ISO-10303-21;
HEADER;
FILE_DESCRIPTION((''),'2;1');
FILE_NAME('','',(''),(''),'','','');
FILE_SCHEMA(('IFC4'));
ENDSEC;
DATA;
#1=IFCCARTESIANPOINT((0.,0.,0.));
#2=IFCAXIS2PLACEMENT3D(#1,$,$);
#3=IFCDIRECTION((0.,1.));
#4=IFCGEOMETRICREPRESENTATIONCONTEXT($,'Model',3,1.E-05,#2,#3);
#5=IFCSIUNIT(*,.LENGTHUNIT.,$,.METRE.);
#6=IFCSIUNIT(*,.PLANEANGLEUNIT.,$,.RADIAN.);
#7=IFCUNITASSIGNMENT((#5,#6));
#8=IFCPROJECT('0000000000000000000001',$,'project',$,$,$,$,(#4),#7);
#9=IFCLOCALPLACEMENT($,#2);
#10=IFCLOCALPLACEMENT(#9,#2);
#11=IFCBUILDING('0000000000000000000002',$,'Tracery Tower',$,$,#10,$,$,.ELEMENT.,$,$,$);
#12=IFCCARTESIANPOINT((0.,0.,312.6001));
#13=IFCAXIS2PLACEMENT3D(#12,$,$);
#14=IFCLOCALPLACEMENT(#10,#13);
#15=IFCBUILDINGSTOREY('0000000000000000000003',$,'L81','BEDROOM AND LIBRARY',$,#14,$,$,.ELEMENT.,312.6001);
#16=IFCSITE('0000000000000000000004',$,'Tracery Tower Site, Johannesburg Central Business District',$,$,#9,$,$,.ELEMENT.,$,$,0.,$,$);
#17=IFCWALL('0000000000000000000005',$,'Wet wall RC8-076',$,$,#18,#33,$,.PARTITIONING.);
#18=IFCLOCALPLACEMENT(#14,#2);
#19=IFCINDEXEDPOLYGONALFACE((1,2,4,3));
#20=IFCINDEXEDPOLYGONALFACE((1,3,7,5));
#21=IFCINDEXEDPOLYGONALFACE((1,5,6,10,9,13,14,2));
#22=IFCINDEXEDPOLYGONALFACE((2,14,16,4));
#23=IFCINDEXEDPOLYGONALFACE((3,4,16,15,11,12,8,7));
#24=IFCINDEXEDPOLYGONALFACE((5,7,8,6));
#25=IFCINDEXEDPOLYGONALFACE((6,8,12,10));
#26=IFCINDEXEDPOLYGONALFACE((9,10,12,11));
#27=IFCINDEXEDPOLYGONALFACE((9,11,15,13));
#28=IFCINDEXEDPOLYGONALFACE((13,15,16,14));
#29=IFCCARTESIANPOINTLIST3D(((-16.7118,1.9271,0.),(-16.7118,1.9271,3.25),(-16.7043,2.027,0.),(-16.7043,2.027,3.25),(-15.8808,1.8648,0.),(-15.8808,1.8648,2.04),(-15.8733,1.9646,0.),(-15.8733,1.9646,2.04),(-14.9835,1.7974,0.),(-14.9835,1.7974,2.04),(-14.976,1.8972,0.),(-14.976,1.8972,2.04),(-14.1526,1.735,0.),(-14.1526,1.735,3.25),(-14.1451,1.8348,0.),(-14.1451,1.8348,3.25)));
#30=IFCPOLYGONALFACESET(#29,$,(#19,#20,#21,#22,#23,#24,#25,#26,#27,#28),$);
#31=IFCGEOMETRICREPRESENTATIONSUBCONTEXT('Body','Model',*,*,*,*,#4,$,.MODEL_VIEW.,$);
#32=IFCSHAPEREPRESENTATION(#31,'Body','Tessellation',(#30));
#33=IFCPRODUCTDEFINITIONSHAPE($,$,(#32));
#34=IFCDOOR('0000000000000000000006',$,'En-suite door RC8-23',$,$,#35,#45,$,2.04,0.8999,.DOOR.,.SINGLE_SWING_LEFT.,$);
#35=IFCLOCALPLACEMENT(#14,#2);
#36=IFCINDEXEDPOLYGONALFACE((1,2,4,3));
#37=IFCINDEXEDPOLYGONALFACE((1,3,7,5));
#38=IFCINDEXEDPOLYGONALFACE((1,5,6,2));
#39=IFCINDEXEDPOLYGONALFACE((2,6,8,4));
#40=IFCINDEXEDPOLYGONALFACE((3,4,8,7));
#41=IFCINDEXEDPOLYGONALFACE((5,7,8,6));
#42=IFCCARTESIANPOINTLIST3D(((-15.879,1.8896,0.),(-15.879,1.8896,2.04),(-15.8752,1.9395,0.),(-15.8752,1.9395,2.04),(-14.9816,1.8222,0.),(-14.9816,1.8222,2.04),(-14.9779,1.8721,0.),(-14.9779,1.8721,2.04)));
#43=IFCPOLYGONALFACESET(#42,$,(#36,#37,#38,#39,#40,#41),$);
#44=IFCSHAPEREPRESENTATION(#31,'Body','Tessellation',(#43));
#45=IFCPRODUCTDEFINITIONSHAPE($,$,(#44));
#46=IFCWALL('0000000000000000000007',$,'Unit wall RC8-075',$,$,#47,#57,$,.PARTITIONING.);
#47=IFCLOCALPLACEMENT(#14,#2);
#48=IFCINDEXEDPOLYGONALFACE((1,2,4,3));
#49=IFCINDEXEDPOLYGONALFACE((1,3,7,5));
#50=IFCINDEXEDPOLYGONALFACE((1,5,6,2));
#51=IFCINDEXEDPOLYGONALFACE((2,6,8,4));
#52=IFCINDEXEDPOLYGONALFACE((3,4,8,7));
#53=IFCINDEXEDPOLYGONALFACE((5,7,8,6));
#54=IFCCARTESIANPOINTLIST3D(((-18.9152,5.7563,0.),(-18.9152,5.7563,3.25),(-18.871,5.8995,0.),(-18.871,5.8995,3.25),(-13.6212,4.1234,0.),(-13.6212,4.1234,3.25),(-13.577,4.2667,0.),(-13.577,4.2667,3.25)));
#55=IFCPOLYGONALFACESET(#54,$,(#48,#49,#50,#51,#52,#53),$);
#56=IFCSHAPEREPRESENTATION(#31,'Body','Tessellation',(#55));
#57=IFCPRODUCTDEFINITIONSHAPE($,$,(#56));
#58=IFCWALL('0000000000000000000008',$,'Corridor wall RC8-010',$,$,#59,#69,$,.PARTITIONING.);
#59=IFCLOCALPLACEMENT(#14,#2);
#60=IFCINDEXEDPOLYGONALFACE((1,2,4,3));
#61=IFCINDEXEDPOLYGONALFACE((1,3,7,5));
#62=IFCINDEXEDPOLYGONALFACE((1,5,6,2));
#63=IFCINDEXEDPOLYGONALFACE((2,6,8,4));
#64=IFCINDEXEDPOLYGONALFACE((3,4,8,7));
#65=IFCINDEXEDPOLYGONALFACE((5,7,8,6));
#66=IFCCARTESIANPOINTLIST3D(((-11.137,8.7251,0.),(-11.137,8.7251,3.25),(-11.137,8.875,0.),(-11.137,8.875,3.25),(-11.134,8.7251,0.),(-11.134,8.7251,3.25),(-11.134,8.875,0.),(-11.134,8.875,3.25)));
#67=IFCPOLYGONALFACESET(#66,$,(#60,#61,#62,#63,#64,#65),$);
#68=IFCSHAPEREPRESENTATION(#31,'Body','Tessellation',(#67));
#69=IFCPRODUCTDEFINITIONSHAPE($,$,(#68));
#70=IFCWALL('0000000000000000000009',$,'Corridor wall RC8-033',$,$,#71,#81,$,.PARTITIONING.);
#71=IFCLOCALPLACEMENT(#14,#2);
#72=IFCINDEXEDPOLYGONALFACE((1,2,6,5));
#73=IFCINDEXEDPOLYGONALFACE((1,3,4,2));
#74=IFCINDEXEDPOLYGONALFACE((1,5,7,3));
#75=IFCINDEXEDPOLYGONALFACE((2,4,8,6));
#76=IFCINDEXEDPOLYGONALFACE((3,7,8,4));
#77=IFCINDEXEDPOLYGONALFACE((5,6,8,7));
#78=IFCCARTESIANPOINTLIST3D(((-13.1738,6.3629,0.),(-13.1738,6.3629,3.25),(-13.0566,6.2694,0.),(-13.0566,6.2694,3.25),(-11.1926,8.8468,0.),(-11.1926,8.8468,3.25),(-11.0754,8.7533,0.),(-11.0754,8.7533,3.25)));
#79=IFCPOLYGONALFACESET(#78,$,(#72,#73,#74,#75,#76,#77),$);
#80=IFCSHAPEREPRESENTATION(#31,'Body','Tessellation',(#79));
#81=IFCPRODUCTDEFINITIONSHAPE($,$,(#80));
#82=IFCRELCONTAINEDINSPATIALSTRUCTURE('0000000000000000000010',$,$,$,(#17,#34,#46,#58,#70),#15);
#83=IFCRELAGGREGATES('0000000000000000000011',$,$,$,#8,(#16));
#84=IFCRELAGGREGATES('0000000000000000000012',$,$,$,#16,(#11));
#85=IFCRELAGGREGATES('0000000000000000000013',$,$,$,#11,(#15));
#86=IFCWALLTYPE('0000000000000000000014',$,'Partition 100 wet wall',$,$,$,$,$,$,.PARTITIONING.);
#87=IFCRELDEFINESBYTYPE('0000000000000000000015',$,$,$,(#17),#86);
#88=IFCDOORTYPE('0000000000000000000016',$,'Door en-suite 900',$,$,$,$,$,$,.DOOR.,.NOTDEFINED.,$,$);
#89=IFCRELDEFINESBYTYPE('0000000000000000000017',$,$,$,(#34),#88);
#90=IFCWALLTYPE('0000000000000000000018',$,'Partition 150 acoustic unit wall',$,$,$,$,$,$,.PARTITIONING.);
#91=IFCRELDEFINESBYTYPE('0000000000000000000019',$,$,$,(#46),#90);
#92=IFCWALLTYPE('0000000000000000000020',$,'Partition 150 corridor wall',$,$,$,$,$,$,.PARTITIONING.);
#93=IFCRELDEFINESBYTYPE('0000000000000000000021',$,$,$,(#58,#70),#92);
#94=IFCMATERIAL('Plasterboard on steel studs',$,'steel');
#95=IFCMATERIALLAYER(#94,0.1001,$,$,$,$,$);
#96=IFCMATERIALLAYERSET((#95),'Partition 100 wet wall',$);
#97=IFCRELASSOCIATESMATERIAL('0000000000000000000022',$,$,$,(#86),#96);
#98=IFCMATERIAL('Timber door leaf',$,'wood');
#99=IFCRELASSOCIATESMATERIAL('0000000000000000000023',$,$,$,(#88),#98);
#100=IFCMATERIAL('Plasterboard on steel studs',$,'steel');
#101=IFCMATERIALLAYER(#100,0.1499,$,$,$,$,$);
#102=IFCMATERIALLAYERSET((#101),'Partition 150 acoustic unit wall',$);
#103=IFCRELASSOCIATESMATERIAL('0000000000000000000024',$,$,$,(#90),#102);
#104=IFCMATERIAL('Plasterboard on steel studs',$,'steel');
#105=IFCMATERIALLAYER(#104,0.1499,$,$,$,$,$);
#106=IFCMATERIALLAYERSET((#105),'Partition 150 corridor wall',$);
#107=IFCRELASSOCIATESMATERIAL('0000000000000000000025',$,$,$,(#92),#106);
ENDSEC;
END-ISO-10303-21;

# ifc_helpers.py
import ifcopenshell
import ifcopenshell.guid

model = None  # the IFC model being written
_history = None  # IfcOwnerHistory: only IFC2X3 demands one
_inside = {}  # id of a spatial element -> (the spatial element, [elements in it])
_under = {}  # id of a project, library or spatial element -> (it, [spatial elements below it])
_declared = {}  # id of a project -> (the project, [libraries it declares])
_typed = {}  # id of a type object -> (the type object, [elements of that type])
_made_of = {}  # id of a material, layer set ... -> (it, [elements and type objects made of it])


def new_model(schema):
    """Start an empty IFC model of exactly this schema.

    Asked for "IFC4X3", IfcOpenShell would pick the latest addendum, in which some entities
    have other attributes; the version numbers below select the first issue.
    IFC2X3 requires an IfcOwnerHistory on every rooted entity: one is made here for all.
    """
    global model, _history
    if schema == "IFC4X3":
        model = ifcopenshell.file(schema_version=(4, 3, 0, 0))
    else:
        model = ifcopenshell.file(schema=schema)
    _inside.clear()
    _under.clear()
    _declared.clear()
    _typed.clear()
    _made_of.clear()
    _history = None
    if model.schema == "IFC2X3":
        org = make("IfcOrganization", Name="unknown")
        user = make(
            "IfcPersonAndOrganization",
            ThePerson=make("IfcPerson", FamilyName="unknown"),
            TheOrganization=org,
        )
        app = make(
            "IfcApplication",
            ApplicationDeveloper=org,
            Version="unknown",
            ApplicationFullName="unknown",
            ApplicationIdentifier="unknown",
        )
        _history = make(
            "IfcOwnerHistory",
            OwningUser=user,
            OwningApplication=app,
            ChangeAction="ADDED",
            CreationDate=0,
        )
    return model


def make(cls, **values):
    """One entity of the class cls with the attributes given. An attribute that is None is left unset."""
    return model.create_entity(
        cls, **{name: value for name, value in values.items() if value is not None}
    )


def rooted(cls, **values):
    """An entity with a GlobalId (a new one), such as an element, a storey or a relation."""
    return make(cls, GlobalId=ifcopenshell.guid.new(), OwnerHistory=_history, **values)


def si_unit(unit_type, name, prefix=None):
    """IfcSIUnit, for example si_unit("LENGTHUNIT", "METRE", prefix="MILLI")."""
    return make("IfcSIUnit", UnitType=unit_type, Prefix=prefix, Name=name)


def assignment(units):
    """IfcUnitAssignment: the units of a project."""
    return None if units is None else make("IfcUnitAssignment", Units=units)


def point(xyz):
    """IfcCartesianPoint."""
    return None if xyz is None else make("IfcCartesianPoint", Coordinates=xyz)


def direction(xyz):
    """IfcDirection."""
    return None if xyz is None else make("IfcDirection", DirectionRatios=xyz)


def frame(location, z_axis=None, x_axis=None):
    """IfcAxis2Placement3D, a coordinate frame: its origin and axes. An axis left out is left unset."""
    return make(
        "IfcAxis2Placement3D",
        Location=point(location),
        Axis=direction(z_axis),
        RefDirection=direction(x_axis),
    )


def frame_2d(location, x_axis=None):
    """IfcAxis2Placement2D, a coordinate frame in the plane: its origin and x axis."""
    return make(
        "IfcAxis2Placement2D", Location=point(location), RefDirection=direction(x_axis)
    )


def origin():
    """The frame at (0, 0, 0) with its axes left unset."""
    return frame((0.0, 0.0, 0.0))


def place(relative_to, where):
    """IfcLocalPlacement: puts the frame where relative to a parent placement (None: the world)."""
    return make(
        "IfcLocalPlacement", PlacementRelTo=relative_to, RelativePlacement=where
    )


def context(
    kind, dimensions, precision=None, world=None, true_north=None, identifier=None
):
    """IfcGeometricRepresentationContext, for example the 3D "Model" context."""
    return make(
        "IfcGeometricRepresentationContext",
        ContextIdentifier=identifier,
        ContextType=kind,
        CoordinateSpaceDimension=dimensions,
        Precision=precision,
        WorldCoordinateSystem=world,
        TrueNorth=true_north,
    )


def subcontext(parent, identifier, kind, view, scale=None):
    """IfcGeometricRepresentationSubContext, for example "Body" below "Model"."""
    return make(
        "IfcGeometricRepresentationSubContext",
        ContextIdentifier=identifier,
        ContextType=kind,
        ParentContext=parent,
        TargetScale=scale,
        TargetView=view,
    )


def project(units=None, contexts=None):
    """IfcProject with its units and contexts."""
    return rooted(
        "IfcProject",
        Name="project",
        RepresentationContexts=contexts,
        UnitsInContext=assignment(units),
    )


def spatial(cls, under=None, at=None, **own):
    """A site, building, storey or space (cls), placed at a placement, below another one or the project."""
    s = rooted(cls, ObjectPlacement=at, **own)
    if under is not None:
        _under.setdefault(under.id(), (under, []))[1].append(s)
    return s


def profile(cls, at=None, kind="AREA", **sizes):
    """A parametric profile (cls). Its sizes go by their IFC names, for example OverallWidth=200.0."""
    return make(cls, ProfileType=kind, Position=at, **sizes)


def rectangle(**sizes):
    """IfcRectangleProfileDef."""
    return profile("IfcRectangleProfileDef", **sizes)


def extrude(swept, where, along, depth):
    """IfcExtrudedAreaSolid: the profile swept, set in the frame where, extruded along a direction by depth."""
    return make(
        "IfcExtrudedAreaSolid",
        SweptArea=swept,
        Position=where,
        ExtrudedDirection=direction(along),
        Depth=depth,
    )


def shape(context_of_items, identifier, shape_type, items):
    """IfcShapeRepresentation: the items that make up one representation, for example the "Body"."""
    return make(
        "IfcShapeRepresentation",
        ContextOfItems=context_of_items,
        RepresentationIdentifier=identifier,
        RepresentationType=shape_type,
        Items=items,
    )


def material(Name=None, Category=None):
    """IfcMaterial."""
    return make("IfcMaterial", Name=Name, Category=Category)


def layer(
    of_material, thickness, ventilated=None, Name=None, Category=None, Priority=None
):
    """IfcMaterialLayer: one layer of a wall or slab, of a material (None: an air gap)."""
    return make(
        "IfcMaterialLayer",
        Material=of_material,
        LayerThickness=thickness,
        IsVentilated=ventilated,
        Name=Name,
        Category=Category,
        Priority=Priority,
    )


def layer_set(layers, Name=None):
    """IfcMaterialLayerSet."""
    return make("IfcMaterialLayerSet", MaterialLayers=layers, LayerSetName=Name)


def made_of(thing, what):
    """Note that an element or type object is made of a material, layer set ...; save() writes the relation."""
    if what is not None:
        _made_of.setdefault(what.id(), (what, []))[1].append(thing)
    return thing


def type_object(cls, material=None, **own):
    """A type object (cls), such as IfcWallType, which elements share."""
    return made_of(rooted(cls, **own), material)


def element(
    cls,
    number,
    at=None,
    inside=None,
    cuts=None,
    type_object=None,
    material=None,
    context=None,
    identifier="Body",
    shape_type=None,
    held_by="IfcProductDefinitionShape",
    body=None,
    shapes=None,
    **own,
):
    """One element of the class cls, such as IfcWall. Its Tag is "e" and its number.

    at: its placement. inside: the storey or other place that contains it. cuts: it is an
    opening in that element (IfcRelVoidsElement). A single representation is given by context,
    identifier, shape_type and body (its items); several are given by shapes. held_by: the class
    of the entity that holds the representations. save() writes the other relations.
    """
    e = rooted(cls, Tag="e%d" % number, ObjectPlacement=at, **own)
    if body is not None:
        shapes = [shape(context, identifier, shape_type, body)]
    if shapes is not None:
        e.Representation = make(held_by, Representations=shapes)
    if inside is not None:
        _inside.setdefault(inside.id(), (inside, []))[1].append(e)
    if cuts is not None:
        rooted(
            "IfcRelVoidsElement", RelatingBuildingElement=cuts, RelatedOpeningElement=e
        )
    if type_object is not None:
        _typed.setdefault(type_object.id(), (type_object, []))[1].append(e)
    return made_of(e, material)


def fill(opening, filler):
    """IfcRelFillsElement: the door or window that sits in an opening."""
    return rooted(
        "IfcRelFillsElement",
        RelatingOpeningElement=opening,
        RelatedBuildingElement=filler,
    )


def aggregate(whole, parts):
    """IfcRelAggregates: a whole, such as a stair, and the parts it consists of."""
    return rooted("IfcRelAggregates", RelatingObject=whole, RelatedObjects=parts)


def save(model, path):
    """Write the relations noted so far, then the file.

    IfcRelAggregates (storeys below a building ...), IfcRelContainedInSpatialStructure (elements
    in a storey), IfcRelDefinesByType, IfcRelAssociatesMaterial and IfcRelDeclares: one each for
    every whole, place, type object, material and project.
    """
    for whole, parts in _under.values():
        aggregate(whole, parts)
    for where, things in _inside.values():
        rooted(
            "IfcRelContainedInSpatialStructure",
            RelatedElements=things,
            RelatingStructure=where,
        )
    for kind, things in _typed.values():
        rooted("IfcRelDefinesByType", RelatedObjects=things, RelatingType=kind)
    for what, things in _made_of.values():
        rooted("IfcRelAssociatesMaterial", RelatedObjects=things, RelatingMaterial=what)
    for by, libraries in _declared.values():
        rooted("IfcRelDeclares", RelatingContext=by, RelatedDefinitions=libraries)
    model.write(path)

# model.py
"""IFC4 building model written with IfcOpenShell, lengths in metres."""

from ifc_helpers import new_model, si_unit, direction, frame, frame_2d, origin, place, context, subcontext, project, spatial, rectangle, extrude, material, layer, layer_set, type_object, element, fill, save


model = new_model("IFC4")

# Units and contexts
model_context = context("Model", 3, precision=1e-05, world=origin(), true_north=direction((0.0, 1.0)))
body_context = subcontext(model_context, "Body", "Model", "MODEL_VIEW")
ifc_project = project(units=[si_unit("LENGTHUNIT", "METRE"), si_unit("PLANEANGLEUNIT", "RADIAN")], contexts=[model_context])

# Site, building, storey
site_placement = place(None, origin())
site = spatial("IfcSite", under=ifc_project, at=site_placement, Name="Tracery Tower Site, Johannesburg Central Business District", CompositionType="ELEMENT", RefElevation=0.0)
building_placement = place(site_placement, origin())
building = spatial("IfcBuilding", under=site, at=building_placement, Name="Tracery Tower", CompositionType="ELEMENT")
storey_placement = place(building_placement, frame((0.0, 0.0, 312.6001)))
storey = spatial("IfcBuildingStorey", under=building, at=storey_placement, Name="L81", Description="BEDROOM AND LIBRARY", CompositionType="ELEMENT", Elevation=312.6001)

# Shared definitions
ifc_material_1 = material(Name="Plasterboard on steel studs", Category="steel")
ifc_layer_1 = layer(ifc_material_1, 0.1001)
ifc_layer_set_1 = layer_set([ifc_layer_1], Name="Partition 100 wet wall")
wall_type_1 = type_object("IfcWallType", Name="Partition 100 wet wall", PredefinedType="PARTITIONING", material=ifc_layer_set_1)

# Wall, opening, door
ifc_material_2 = material(Name="Timber door leaf", Category="wood")
door_type_1 = type_object("IfcDoorType", Name="Door en-suite 900", OperationType="NOTDEFINED", PredefinedType="DOOR", material=ifc_material_2)
wall_1_placement = place(storey_placement, frame((-16.708, 1.9771, 0.0), z_axis=(0.0, 0.0, 1.0), x_axis=(0.997193, -0.07487, 0.0)))
wall_1 = element("IfcWall", 1, at=wall_1_placement, inside=storey, type_object=wall_type_1, Name="Wet wall RC8-076", PredefinedType="PARTITIONING", context=body_context, shape_type="SweptSolid", body=[
    extrude(rectangle(XDim=2.5664, YDim=0.1001, at=frame_2d((1.2832, 0.0))), origin(), (0.0, 0.0, 1.0), 3.25),
])
opening_1_placement = place(wall_1_placement, frame((0.8333, 0.0, 0.0)))
opening_1 = element("IfcOpeningElement", 2, at=opening_1_placement, cuts=wall_1, PredefinedType="OPENING", context=body_context, shape_type="SweptSolid", body=[
    extrude(rectangle(XDim=0.8999, YDim=2.04, at=frame_2d((0.45, 1.02))), frame((0.0, 0.05, 0.0), z_axis=(0.0, -1.0, 0.0), x_axis=(1.0, 0.0, 0.0)), (0.0, 0.0, 1.0), 0.1001),
])
door_1_placement = place(opening_1_placement, origin())
door_1 = element("IfcDoor", 3, at=door_1_placement, inside=storey, type_object=door_type_1, Name="En-suite door RC8-23", OperationType="SINGLE_SWING_LEFT", OverallHeight=2.04, OverallWidth=0.8999, PredefinedType="DOOR", context=body_context, shape_type="SweptSolid", body=[
    extrude(rectangle(XDim=0.8999, YDim=2.04, at=frame_2d((0.45, 1.02))), frame((0.0, 0.0249, 0.0), z_axis=(0.0, -1.0, 0.0), x_axis=(1.0, 0.0, 0.0)), (0.0, 0.0, 1.0), 0.05),
])
fill(opening_1, door_1)

# Walls
ifc_material_3 = material(Name="Plasterboard on steel studs", Category="steel")
ifc_layer_2 = layer(ifc_material_3, 0.1499)
ifc_layer_set_2 = layer_set([ifc_layer_2], Name="Partition 150 acoustic unit wall")
wall_type_2 = type_object("IfcWallType", Name="Partition 150 acoustic unit wall", PredefinedType="PARTITIONING", material=ifc_layer_set_2)
wall_2_placement = place(storey_placement, frame((-18.8931, 5.8279, 0.0), z_axis=(0.0, 0.0, 1.0), x_axis=(0.955581, -0.29473, 0.0)))
element("IfcWall", 4, at=wall_2_placement, inside=storey, type_object=wall_type_2, Name="Unit wall RC8-075", PredefinedType="PARTITIONING", context=body_context, shape_type="SweptSolid", body=[
    extrude(rectangle(XDim=5.54, YDim=0.1499, at=frame_2d((2.77, 0.0))), origin(), (0.0, 0.0, 1.0), 3.25),
])
ifc_material_4 = material(Name="Plasterboard on steel studs", Category="steel")
ifc_layer_3 = layer(ifc_material_4, 0.1499)
ifc_layer_set_3 = layer_set([ifc_layer_3], Name="Partition 150 corridor wall")
wall_type_3 = type_object("IfcWallType", Name="Partition 150 corridor wall", PredefinedType="PARTITIONING", material=ifc_layer_set_3)
wall_3_placement = place(storey_placement, frame((-11.134, 8.8, 0.0), z_axis=(0.0, 0.0, 1.0), x_axis=(-1.0, 0.0, 0.0)))
element("IfcWall", 5, at=wall_3_placement, inside=storey, type_object=wall_type_3, Name="Corridor wall RC8-010", PredefinedType="PARTITIONING", context=body_context, shape_type="SweptSolid", body=[
    extrude(rectangle(XDim=0.0029, YDim=0.1499, at=frame_2d((0.0015, 0.0))), origin(), (0.0, 0.0, 1.0), 3.25),
])
wall_4_placement = place(storey_placement, frame((-13.1152, 6.3162, 0.0), z_axis=(0.0, 0.0, 1.0), x_axis=(0.623561, 0.781775, 0.0)))
element("IfcWall", 6, at=wall_4_placement, inside=storey, type_object=wall_type_3, Name="Corridor wall RC8-033", PredefinedType="PARTITIONING", context=body_context, shape_type="SweptSolid", body=[
    extrude(rectangle(XDim=3.1772, YDim=0.1499, at=frame_2d((1.5886, 0.0))), origin(), (0.0, 0.0, 1.0), 3.25),
])

save(model, "model.ifc")
